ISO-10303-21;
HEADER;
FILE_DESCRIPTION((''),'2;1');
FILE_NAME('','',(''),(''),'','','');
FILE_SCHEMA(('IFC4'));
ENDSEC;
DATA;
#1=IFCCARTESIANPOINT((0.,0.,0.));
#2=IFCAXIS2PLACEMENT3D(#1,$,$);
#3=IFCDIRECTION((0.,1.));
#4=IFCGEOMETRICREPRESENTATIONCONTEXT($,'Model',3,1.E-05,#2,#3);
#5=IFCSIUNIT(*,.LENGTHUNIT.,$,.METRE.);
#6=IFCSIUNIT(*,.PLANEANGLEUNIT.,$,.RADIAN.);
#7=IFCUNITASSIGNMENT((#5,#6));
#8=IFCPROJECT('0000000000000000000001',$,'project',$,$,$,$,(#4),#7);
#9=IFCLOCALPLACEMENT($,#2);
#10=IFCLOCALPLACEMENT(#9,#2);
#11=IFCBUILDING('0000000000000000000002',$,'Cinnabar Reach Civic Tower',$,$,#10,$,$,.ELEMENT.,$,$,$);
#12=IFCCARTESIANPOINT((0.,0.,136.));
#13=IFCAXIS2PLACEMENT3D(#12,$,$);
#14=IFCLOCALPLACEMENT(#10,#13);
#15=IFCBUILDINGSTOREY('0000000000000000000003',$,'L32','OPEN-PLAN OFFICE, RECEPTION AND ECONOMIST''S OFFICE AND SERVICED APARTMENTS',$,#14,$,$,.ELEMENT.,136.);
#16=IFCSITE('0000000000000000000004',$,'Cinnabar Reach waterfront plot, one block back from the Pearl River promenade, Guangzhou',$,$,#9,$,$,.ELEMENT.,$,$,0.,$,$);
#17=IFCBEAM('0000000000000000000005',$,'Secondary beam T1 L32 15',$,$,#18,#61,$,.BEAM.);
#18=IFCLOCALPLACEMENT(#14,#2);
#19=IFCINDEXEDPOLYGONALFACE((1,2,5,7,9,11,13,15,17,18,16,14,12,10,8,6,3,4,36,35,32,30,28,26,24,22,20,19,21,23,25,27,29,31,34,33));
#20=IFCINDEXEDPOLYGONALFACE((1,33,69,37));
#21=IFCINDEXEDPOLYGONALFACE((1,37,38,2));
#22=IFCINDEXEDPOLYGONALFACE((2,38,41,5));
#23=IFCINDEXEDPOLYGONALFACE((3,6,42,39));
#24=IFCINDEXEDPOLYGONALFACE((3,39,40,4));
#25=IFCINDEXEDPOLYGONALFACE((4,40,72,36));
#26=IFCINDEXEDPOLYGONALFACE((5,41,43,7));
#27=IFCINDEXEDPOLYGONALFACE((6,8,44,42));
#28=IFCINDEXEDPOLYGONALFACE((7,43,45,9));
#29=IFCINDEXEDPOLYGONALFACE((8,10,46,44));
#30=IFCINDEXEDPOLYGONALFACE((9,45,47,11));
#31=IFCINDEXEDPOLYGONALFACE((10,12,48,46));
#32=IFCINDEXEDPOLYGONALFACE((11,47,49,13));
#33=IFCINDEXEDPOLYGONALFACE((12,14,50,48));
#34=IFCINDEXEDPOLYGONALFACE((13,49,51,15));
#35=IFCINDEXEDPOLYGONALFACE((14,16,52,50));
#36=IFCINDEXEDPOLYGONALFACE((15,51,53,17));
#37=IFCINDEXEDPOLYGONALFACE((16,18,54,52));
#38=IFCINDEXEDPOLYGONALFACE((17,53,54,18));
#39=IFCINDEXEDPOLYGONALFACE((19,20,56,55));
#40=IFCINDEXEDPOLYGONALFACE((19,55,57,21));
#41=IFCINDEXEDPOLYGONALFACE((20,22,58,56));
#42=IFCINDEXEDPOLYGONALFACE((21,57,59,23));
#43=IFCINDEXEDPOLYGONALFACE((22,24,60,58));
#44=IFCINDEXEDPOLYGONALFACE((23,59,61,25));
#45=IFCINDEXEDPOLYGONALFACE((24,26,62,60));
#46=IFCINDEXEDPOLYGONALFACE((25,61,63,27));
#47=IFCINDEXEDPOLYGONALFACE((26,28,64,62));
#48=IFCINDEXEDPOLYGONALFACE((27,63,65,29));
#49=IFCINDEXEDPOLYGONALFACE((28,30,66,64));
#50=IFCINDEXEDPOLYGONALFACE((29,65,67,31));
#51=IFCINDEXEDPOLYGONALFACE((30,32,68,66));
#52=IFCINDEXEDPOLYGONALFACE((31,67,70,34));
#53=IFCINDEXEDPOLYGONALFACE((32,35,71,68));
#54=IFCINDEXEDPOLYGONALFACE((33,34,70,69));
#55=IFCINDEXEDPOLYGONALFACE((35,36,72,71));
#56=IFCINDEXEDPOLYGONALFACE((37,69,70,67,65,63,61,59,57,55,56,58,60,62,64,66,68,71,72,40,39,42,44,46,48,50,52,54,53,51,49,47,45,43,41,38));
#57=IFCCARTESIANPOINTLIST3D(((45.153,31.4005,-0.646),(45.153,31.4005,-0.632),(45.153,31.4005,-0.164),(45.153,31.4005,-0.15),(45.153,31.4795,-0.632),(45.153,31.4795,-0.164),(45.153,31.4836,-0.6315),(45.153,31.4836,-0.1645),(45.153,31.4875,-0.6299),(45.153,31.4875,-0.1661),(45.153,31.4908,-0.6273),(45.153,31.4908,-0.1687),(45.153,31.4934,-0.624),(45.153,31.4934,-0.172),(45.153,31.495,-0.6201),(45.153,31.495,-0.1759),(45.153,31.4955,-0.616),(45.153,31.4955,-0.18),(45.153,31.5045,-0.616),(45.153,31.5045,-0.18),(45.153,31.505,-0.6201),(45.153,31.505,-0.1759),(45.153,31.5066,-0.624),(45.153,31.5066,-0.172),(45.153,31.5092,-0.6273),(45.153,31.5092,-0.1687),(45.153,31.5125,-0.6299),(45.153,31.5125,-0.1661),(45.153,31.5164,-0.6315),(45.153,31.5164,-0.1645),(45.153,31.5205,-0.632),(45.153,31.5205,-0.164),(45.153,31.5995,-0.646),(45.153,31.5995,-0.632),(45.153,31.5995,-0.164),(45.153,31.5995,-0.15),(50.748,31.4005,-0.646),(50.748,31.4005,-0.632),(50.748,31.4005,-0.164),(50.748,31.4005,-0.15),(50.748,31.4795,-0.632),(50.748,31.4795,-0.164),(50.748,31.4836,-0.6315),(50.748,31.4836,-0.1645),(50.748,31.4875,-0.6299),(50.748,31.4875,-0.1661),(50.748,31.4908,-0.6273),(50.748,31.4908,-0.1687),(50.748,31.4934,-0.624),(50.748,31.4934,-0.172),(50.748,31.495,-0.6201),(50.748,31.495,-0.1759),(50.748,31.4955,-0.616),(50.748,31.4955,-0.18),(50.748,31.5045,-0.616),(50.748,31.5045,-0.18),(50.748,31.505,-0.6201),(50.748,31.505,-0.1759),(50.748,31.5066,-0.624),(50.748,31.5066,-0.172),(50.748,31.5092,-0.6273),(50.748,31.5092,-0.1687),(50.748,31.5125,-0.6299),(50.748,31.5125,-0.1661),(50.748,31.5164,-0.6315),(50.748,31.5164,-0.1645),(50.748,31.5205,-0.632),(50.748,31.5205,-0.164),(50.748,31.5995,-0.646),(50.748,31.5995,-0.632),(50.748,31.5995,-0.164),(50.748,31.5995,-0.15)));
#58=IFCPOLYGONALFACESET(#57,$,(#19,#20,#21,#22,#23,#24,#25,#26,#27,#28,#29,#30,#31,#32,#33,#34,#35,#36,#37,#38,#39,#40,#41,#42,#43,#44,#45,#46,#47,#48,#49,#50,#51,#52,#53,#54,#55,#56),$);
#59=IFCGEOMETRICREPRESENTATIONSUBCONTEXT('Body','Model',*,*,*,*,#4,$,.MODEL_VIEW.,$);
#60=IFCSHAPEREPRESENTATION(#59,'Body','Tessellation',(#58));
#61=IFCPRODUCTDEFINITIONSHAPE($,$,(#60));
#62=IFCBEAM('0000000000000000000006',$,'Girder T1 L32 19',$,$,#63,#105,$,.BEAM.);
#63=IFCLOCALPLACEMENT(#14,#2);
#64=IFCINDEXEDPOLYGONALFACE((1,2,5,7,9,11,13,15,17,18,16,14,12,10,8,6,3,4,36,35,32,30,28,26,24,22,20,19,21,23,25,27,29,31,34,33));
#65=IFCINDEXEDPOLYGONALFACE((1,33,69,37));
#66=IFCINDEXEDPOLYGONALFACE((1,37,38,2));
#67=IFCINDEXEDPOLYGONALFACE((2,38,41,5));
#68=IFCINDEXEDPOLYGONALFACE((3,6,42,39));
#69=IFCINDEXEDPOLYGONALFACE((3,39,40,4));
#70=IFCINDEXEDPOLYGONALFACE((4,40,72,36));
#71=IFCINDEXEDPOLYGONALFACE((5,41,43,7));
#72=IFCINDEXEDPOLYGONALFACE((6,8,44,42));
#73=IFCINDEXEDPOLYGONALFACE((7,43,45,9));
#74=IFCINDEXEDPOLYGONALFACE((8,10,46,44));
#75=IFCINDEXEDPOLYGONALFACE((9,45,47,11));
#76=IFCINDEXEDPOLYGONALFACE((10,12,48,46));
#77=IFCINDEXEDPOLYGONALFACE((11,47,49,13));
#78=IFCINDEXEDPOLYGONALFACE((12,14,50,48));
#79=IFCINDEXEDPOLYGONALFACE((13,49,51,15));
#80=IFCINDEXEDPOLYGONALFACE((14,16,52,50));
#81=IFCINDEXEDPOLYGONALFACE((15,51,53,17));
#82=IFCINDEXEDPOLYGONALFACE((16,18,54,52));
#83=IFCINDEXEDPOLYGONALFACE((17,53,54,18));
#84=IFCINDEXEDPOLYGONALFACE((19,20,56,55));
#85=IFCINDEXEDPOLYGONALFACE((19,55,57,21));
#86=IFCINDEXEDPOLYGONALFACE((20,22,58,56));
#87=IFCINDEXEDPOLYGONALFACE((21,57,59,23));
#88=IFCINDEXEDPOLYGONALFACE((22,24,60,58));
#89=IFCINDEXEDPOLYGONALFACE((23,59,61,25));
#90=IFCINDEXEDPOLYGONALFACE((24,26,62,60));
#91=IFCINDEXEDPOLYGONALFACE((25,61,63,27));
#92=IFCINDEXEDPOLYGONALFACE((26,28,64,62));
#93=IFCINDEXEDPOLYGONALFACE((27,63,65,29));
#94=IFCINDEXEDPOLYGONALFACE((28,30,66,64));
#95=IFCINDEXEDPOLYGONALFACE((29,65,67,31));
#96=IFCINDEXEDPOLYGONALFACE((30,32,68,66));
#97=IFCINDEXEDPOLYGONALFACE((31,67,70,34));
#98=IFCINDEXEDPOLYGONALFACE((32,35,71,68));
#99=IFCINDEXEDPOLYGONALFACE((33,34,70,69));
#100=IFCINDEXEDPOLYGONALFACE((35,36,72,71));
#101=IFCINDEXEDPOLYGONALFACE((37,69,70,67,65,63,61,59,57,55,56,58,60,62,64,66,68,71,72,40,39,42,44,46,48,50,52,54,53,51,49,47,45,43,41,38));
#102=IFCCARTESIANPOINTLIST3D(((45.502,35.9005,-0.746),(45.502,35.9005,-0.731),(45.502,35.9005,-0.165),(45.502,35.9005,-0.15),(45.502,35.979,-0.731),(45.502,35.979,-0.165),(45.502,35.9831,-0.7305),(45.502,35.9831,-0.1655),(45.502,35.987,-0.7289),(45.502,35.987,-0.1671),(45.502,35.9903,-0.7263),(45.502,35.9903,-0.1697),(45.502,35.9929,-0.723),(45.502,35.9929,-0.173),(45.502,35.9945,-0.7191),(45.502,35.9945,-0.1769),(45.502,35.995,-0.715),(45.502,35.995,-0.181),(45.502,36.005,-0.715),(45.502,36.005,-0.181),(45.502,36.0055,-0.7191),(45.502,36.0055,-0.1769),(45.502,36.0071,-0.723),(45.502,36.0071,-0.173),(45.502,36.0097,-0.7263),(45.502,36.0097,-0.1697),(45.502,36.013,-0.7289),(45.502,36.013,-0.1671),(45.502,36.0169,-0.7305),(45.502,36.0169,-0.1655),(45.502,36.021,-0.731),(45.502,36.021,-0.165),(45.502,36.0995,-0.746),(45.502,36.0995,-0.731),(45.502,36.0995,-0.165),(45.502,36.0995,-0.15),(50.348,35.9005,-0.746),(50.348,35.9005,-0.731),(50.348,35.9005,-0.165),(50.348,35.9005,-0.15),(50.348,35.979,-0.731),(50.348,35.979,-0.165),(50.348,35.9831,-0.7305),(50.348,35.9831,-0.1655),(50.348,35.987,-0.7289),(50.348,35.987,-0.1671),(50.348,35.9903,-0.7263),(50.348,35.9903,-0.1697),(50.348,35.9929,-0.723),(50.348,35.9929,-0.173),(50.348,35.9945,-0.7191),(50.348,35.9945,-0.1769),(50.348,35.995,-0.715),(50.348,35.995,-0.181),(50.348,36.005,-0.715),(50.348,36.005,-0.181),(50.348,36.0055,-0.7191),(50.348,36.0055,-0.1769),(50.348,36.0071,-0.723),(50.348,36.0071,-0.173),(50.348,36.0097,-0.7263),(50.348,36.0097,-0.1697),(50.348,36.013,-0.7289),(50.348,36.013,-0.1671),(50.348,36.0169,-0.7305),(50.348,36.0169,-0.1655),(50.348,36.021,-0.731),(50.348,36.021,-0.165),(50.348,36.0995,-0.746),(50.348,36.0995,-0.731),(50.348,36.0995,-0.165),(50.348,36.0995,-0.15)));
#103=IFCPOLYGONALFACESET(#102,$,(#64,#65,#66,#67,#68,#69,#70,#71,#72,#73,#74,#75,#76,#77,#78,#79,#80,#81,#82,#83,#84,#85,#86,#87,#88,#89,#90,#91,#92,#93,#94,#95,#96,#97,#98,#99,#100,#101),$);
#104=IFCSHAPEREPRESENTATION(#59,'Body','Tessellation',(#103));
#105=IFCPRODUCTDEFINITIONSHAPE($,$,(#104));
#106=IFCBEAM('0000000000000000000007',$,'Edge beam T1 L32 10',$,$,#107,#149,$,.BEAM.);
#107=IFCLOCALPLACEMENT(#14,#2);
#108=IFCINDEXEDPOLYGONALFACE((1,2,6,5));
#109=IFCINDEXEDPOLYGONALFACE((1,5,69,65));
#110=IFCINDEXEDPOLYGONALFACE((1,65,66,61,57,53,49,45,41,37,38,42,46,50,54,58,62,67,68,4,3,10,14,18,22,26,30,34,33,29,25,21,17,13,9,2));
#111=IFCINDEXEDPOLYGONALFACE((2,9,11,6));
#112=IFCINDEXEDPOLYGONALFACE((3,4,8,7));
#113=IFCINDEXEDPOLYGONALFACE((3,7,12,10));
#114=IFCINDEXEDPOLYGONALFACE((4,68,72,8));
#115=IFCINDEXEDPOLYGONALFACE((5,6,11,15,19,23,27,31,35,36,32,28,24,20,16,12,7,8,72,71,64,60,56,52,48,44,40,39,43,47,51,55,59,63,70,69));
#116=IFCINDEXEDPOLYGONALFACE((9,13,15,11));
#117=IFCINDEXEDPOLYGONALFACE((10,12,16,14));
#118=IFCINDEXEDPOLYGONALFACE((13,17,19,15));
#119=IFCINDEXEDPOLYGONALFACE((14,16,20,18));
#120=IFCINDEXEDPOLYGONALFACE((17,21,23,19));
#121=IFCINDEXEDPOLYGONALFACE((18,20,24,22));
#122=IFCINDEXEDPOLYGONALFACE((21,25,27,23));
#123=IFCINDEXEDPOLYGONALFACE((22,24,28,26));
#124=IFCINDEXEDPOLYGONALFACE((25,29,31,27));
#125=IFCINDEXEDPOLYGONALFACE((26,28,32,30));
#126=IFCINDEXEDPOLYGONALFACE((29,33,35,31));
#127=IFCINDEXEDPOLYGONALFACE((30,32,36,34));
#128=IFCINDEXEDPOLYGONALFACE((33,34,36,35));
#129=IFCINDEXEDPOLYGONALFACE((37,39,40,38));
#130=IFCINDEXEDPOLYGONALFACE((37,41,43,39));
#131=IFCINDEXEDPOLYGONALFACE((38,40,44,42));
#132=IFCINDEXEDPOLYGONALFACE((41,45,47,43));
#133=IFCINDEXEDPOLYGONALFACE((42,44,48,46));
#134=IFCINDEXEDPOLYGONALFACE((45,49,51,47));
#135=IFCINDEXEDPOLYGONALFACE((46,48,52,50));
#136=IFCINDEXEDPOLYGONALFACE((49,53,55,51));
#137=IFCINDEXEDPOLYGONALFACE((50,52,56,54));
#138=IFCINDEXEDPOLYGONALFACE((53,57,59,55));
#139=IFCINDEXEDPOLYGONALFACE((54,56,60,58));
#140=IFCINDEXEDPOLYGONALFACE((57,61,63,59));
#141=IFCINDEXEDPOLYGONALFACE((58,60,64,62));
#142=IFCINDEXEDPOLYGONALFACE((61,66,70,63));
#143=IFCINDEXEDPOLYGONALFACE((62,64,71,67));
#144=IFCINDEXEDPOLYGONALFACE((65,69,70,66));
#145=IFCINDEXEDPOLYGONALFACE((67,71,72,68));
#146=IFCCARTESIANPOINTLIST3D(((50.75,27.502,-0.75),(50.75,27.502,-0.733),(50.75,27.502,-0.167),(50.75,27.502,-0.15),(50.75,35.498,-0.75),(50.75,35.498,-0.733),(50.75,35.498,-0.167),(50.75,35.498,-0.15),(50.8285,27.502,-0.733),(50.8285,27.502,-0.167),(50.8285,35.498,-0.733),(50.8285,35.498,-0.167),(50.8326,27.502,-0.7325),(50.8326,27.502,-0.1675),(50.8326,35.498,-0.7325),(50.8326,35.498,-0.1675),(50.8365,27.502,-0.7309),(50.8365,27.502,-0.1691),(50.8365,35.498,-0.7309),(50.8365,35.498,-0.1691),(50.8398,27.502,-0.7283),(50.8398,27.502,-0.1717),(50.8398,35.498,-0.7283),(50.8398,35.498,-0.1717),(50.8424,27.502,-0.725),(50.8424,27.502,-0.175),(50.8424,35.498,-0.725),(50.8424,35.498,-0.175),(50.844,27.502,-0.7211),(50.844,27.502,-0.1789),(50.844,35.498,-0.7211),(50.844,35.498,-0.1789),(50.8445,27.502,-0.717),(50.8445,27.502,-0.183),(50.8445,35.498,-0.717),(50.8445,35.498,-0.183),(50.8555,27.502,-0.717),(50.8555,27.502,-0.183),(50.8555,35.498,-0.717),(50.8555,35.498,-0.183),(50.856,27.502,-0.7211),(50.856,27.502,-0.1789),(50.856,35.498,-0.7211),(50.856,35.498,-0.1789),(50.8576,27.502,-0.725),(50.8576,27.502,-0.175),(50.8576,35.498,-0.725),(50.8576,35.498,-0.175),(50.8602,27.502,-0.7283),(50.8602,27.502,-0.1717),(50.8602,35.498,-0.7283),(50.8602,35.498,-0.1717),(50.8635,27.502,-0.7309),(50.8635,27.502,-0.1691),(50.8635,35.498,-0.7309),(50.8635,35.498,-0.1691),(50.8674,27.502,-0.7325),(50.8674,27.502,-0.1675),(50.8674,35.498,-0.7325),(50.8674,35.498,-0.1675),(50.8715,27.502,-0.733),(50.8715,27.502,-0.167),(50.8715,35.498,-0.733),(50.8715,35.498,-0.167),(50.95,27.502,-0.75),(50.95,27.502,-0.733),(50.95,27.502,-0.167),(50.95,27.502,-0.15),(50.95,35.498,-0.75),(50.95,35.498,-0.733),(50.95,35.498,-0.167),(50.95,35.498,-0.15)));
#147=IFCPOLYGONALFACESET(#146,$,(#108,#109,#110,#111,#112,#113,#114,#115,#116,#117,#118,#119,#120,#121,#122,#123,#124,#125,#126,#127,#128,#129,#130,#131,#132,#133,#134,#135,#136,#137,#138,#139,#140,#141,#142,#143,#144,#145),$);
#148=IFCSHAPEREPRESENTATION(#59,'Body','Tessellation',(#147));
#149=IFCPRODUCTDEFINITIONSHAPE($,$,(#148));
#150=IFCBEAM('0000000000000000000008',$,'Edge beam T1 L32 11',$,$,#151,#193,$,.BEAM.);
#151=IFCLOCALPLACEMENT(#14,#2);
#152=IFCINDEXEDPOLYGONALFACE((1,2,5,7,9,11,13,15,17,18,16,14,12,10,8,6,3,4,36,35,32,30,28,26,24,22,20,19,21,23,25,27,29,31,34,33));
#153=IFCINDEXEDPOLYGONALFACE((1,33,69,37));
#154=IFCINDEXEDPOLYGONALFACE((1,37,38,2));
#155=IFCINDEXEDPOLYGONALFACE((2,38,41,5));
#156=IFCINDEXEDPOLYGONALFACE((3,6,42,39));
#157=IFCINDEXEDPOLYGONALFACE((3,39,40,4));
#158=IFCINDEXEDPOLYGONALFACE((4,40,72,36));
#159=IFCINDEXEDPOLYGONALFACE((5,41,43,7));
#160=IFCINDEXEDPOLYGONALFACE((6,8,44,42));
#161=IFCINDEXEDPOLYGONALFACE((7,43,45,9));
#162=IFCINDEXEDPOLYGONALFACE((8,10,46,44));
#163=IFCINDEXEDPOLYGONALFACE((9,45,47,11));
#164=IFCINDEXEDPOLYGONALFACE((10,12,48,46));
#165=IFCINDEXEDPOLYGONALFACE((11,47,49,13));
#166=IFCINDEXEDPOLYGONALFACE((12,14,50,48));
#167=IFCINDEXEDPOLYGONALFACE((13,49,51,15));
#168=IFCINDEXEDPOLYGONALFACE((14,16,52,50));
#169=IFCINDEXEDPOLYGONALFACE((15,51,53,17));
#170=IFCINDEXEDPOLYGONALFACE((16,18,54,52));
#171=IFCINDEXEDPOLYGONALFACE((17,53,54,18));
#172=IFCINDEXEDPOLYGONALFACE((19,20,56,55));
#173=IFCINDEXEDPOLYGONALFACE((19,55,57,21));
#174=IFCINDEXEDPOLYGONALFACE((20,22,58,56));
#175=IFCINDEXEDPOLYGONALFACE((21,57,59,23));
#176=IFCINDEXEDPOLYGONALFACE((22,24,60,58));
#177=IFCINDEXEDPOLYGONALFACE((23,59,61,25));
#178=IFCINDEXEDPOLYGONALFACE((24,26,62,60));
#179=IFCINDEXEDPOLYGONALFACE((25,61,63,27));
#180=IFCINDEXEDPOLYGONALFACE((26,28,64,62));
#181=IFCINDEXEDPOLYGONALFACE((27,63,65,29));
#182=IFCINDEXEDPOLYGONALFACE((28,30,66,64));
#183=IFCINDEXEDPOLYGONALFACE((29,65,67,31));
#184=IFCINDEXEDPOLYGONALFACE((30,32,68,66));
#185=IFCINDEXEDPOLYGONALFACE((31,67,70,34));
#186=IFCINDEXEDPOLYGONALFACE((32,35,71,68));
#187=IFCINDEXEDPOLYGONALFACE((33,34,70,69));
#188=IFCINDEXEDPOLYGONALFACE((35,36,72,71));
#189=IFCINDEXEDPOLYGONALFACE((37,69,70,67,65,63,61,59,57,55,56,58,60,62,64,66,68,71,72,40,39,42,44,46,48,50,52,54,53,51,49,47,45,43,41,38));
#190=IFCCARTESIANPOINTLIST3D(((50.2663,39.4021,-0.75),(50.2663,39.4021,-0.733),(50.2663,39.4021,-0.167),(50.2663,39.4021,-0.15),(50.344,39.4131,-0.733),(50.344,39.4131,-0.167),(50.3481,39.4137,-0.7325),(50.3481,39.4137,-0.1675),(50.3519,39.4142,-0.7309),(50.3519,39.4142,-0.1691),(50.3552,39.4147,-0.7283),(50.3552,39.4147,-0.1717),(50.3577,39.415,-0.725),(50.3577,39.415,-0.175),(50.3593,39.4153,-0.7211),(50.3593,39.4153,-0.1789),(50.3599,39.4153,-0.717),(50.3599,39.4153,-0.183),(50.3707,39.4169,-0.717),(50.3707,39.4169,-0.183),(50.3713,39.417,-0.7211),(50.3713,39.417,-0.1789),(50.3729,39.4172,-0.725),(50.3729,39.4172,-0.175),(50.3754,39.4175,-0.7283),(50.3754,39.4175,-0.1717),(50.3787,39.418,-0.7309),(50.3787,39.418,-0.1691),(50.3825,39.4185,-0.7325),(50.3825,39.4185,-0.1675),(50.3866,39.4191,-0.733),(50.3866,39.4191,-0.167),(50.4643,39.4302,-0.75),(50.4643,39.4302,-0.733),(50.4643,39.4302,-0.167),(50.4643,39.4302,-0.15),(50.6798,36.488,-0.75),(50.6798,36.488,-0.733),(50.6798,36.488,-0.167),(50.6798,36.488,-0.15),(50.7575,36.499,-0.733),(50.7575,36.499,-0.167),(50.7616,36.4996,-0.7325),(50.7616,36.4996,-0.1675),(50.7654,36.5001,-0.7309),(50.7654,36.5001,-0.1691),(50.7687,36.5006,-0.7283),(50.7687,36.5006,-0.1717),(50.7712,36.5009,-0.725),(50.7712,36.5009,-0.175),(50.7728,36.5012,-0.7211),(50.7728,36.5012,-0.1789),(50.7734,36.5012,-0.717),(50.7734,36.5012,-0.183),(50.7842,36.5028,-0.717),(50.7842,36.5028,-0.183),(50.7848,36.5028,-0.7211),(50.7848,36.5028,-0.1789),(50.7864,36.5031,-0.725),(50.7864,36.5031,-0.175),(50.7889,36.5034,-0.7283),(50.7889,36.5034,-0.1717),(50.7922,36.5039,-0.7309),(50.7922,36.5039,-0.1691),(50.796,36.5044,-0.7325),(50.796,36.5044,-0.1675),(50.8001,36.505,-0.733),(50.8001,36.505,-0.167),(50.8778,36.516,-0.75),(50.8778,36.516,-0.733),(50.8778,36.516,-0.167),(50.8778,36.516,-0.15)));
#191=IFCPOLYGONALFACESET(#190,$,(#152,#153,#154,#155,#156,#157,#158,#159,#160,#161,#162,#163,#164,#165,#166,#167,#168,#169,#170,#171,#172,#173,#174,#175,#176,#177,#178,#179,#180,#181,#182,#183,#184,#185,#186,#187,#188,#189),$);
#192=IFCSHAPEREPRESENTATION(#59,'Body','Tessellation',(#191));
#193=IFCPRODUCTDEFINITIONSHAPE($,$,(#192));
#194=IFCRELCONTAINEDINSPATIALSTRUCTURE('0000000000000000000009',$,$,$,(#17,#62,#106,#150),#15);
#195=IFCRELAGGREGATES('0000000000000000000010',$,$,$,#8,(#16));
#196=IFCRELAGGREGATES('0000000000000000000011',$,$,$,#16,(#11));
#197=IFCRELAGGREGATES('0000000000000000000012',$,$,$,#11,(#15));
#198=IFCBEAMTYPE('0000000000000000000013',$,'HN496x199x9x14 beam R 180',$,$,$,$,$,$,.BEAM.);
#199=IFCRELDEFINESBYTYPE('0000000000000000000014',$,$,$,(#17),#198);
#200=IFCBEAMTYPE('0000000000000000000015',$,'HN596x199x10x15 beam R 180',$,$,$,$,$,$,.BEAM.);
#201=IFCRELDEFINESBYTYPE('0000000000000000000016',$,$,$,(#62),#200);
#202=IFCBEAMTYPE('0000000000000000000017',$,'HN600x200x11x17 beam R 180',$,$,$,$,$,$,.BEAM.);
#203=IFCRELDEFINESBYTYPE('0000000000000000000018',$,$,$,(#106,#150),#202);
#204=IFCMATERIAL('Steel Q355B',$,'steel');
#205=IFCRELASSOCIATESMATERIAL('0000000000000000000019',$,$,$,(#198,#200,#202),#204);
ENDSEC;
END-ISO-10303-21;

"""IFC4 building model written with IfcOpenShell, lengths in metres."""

from ifc_helpers import new_model, si_unit, direction, frame, origin, origin_2d, place, context, subcontext, project, spatial, i_section, extrude, material, material_profile, profile_set, type_object, element, save


model = new_model("IFC4")

# Units and contexts
model_context = context("Model", 3, precision=1e-05, world=origin(), true_north=direction((0.0, 1.0)))
body_context = subcontext(model_context, "Body", "Model", "MODEL_VIEW")
ifc_project = project(units=[si_unit("LENGTHUNIT", "METRE"), si_unit("PLANEANGLEUNIT", "RADIAN")], contexts=[model_context])

# Site, building, storey
site_placement = place(None, origin())
site = spatial("IfcSite", under=ifc_project, at=site_placement, Name="Cinnabar Reach waterfront plot, one block back from the Pearl River promenade, Guangzhou", CompositionType="ELEMENT", RefElevation=0.0)
building_placement = place(site_placement, origin())
building = spatial("IfcBuilding", under=site, at=building_placement, Name="Cinnabar Reach Civic Tower", CompositionType="ELEMENT")
storey_placement = place(building_placement, frame((0.0, 0.0, 136.0)))
storey = spatial("IfcBuildingStorey", under=building, at=storey_placement, Name="L32", Description="OPEN-PLAN OFFICE, RECEPTION AND ECONOMIST'S OFFICE AND SERVICED APARTMENTS", CompositionType="ELEMENT", Elevation=136.0)

# Beams
ifc_material_1 = material(Name="Steel Q355B", Category="steel")
ifc_material_profile_1 = material_profile(ifc_material_1, i_section(OverallWidth=0.199, OverallDepth=0.496, WebThickness=0.009, FlangeThickness=0.014, FilletRadius=0.016, at=origin_2d()), Name="HN496x199x9x14")
ifc_profile_set_1 = profile_set([ifc_material_profile_1], Name="Steel Q355B")
beam_type_1 = type_object("IfcBeamType", Name="HN496x199x9x14 beam R 180", PredefinedType="BEAM", material=ifc_profile_set_1)
beam_1_placement = place(storey_placement, frame((45.153, 31.5, -0.398), z_axis=(1.0, 0.0, 0.0), x_axis=(0.0, 1.0, 0.0)))
element("IfcBeam", 1, at=beam_1_placement, inside=storey, type_object=beam_type_1, Name="Secondary beam T1 L32 15", PredefinedType="BEAM", context=body_context, shape_type="SweptSolid", body=[
    extrude(i_section(OverallWidth=0.199, OverallDepth=0.496, WebThickness=0.009, FlangeThickness=0.014, FilletRadius=0.016, at=origin_2d()), origin(), (0.0, 0.0, 1.0), 5.595),
])
ifc_material_profile_2 = material_profile(ifc_material_1, i_section(OverallWidth=0.199, OverallDepth=0.596, WebThickness=0.01, FlangeThickness=0.015, FilletRadius=0.016, at=origin_2d()), Name="HN596x199x10x15")
ifc_profile_set_2 = profile_set([ifc_material_profile_2], Name="Steel Q355B")
beam_type_2 = type_object("IfcBeamType", Name="HN596x199x10x15 beam R 180", PredefinedType="BEAM", material=ifc_profile_set_2)
beam_2_placement = place(storey_placement, frame((45.502, 36.0, -0.448), z_axis=(1.0, 0.0, 0.0), x_axis=(0.0, 1.0, 0.0)))
element("IfcBeam", 2, at=beam_2_placement, inside=storey, type_object=beam_type_2, Name="Girder T1 L32 19", PredefinedType="BEAM", context=body_context, shape_type="SweptSolid", body=[
    extrude(i_section(OverallWidth=0.199, OverallDepth=0.596, WebThickness=0.01, FlangeThickness=0.015, FilletRadius=0.016, at=origin_2d()), origin(), (0.0, 0.0, 1.0), 4.846),
])
ifc_material_profile_3 = material_profile(ifc_material_1, i_section(OverallWidth=0.2, OverallDepth=0.6, WebThickness=0.011, FlangeThickness=0.017, FilletRadius=0.016, at=origin_2d()), Name="HN600x200x11x17")
ifc_profile_set_3 = profile_set([ifc_material_profile_3], Name="Steel Q355B")
beam_type_3 = type_object("IfcBeamType", Name="HN600x200x11x17 beam R 180", PredefinedType="BEAM", material=ifc_profile_set_3)
beam_3_placement = place(storey_placement, frame((50.85, 27.502, -0.45), z_axis=(0.0, 1.0, 0.0), x_axis=(-1.0, 0.0, 0.0)))
element("IfcBeam", 3, at=beam_3_placement, inside=storey, type_object=beam_type_3, Name="Edge beam T1 L32 10", PredefinedType="BEAM", context=body_context, shape_type="SweptSolid", body=[
    extrude(i_section(OverallWidth=0.2, OverallDepth=0.6, WebThickness=0.011, FlangeThickness=0.017, FilletRadius=0.016, at=origin_2d()), origin(), (0.0, 0.0, 1.0), 7.996),
])
beam_4_placement = place(storey_placement, frame((50.7788, 36.502, -0.45), z_axis=(-0.140489, 0.990082, 0.0), x_axis=(-0.990082, -0.140489, 0.0)))
element("IfcBeam", 4, at=beam_4_placement, inside=storey, type_object=beam_type_3, Name="Edge beam T1 L32 11", PredefinedType="BEAM", context=body_context, shape_type="SweptSolid", body=[
    extrude(i_section(OverallWidth=0.2, OverallDepth=0.6, WebThickness=0.011, FlangeThickness=0.017, FilletRadius=0.016, at=origin_2d()), origin(), (0.0, 0.0, 1.0), 2.9433),
])

save(model, "model.ifc")
